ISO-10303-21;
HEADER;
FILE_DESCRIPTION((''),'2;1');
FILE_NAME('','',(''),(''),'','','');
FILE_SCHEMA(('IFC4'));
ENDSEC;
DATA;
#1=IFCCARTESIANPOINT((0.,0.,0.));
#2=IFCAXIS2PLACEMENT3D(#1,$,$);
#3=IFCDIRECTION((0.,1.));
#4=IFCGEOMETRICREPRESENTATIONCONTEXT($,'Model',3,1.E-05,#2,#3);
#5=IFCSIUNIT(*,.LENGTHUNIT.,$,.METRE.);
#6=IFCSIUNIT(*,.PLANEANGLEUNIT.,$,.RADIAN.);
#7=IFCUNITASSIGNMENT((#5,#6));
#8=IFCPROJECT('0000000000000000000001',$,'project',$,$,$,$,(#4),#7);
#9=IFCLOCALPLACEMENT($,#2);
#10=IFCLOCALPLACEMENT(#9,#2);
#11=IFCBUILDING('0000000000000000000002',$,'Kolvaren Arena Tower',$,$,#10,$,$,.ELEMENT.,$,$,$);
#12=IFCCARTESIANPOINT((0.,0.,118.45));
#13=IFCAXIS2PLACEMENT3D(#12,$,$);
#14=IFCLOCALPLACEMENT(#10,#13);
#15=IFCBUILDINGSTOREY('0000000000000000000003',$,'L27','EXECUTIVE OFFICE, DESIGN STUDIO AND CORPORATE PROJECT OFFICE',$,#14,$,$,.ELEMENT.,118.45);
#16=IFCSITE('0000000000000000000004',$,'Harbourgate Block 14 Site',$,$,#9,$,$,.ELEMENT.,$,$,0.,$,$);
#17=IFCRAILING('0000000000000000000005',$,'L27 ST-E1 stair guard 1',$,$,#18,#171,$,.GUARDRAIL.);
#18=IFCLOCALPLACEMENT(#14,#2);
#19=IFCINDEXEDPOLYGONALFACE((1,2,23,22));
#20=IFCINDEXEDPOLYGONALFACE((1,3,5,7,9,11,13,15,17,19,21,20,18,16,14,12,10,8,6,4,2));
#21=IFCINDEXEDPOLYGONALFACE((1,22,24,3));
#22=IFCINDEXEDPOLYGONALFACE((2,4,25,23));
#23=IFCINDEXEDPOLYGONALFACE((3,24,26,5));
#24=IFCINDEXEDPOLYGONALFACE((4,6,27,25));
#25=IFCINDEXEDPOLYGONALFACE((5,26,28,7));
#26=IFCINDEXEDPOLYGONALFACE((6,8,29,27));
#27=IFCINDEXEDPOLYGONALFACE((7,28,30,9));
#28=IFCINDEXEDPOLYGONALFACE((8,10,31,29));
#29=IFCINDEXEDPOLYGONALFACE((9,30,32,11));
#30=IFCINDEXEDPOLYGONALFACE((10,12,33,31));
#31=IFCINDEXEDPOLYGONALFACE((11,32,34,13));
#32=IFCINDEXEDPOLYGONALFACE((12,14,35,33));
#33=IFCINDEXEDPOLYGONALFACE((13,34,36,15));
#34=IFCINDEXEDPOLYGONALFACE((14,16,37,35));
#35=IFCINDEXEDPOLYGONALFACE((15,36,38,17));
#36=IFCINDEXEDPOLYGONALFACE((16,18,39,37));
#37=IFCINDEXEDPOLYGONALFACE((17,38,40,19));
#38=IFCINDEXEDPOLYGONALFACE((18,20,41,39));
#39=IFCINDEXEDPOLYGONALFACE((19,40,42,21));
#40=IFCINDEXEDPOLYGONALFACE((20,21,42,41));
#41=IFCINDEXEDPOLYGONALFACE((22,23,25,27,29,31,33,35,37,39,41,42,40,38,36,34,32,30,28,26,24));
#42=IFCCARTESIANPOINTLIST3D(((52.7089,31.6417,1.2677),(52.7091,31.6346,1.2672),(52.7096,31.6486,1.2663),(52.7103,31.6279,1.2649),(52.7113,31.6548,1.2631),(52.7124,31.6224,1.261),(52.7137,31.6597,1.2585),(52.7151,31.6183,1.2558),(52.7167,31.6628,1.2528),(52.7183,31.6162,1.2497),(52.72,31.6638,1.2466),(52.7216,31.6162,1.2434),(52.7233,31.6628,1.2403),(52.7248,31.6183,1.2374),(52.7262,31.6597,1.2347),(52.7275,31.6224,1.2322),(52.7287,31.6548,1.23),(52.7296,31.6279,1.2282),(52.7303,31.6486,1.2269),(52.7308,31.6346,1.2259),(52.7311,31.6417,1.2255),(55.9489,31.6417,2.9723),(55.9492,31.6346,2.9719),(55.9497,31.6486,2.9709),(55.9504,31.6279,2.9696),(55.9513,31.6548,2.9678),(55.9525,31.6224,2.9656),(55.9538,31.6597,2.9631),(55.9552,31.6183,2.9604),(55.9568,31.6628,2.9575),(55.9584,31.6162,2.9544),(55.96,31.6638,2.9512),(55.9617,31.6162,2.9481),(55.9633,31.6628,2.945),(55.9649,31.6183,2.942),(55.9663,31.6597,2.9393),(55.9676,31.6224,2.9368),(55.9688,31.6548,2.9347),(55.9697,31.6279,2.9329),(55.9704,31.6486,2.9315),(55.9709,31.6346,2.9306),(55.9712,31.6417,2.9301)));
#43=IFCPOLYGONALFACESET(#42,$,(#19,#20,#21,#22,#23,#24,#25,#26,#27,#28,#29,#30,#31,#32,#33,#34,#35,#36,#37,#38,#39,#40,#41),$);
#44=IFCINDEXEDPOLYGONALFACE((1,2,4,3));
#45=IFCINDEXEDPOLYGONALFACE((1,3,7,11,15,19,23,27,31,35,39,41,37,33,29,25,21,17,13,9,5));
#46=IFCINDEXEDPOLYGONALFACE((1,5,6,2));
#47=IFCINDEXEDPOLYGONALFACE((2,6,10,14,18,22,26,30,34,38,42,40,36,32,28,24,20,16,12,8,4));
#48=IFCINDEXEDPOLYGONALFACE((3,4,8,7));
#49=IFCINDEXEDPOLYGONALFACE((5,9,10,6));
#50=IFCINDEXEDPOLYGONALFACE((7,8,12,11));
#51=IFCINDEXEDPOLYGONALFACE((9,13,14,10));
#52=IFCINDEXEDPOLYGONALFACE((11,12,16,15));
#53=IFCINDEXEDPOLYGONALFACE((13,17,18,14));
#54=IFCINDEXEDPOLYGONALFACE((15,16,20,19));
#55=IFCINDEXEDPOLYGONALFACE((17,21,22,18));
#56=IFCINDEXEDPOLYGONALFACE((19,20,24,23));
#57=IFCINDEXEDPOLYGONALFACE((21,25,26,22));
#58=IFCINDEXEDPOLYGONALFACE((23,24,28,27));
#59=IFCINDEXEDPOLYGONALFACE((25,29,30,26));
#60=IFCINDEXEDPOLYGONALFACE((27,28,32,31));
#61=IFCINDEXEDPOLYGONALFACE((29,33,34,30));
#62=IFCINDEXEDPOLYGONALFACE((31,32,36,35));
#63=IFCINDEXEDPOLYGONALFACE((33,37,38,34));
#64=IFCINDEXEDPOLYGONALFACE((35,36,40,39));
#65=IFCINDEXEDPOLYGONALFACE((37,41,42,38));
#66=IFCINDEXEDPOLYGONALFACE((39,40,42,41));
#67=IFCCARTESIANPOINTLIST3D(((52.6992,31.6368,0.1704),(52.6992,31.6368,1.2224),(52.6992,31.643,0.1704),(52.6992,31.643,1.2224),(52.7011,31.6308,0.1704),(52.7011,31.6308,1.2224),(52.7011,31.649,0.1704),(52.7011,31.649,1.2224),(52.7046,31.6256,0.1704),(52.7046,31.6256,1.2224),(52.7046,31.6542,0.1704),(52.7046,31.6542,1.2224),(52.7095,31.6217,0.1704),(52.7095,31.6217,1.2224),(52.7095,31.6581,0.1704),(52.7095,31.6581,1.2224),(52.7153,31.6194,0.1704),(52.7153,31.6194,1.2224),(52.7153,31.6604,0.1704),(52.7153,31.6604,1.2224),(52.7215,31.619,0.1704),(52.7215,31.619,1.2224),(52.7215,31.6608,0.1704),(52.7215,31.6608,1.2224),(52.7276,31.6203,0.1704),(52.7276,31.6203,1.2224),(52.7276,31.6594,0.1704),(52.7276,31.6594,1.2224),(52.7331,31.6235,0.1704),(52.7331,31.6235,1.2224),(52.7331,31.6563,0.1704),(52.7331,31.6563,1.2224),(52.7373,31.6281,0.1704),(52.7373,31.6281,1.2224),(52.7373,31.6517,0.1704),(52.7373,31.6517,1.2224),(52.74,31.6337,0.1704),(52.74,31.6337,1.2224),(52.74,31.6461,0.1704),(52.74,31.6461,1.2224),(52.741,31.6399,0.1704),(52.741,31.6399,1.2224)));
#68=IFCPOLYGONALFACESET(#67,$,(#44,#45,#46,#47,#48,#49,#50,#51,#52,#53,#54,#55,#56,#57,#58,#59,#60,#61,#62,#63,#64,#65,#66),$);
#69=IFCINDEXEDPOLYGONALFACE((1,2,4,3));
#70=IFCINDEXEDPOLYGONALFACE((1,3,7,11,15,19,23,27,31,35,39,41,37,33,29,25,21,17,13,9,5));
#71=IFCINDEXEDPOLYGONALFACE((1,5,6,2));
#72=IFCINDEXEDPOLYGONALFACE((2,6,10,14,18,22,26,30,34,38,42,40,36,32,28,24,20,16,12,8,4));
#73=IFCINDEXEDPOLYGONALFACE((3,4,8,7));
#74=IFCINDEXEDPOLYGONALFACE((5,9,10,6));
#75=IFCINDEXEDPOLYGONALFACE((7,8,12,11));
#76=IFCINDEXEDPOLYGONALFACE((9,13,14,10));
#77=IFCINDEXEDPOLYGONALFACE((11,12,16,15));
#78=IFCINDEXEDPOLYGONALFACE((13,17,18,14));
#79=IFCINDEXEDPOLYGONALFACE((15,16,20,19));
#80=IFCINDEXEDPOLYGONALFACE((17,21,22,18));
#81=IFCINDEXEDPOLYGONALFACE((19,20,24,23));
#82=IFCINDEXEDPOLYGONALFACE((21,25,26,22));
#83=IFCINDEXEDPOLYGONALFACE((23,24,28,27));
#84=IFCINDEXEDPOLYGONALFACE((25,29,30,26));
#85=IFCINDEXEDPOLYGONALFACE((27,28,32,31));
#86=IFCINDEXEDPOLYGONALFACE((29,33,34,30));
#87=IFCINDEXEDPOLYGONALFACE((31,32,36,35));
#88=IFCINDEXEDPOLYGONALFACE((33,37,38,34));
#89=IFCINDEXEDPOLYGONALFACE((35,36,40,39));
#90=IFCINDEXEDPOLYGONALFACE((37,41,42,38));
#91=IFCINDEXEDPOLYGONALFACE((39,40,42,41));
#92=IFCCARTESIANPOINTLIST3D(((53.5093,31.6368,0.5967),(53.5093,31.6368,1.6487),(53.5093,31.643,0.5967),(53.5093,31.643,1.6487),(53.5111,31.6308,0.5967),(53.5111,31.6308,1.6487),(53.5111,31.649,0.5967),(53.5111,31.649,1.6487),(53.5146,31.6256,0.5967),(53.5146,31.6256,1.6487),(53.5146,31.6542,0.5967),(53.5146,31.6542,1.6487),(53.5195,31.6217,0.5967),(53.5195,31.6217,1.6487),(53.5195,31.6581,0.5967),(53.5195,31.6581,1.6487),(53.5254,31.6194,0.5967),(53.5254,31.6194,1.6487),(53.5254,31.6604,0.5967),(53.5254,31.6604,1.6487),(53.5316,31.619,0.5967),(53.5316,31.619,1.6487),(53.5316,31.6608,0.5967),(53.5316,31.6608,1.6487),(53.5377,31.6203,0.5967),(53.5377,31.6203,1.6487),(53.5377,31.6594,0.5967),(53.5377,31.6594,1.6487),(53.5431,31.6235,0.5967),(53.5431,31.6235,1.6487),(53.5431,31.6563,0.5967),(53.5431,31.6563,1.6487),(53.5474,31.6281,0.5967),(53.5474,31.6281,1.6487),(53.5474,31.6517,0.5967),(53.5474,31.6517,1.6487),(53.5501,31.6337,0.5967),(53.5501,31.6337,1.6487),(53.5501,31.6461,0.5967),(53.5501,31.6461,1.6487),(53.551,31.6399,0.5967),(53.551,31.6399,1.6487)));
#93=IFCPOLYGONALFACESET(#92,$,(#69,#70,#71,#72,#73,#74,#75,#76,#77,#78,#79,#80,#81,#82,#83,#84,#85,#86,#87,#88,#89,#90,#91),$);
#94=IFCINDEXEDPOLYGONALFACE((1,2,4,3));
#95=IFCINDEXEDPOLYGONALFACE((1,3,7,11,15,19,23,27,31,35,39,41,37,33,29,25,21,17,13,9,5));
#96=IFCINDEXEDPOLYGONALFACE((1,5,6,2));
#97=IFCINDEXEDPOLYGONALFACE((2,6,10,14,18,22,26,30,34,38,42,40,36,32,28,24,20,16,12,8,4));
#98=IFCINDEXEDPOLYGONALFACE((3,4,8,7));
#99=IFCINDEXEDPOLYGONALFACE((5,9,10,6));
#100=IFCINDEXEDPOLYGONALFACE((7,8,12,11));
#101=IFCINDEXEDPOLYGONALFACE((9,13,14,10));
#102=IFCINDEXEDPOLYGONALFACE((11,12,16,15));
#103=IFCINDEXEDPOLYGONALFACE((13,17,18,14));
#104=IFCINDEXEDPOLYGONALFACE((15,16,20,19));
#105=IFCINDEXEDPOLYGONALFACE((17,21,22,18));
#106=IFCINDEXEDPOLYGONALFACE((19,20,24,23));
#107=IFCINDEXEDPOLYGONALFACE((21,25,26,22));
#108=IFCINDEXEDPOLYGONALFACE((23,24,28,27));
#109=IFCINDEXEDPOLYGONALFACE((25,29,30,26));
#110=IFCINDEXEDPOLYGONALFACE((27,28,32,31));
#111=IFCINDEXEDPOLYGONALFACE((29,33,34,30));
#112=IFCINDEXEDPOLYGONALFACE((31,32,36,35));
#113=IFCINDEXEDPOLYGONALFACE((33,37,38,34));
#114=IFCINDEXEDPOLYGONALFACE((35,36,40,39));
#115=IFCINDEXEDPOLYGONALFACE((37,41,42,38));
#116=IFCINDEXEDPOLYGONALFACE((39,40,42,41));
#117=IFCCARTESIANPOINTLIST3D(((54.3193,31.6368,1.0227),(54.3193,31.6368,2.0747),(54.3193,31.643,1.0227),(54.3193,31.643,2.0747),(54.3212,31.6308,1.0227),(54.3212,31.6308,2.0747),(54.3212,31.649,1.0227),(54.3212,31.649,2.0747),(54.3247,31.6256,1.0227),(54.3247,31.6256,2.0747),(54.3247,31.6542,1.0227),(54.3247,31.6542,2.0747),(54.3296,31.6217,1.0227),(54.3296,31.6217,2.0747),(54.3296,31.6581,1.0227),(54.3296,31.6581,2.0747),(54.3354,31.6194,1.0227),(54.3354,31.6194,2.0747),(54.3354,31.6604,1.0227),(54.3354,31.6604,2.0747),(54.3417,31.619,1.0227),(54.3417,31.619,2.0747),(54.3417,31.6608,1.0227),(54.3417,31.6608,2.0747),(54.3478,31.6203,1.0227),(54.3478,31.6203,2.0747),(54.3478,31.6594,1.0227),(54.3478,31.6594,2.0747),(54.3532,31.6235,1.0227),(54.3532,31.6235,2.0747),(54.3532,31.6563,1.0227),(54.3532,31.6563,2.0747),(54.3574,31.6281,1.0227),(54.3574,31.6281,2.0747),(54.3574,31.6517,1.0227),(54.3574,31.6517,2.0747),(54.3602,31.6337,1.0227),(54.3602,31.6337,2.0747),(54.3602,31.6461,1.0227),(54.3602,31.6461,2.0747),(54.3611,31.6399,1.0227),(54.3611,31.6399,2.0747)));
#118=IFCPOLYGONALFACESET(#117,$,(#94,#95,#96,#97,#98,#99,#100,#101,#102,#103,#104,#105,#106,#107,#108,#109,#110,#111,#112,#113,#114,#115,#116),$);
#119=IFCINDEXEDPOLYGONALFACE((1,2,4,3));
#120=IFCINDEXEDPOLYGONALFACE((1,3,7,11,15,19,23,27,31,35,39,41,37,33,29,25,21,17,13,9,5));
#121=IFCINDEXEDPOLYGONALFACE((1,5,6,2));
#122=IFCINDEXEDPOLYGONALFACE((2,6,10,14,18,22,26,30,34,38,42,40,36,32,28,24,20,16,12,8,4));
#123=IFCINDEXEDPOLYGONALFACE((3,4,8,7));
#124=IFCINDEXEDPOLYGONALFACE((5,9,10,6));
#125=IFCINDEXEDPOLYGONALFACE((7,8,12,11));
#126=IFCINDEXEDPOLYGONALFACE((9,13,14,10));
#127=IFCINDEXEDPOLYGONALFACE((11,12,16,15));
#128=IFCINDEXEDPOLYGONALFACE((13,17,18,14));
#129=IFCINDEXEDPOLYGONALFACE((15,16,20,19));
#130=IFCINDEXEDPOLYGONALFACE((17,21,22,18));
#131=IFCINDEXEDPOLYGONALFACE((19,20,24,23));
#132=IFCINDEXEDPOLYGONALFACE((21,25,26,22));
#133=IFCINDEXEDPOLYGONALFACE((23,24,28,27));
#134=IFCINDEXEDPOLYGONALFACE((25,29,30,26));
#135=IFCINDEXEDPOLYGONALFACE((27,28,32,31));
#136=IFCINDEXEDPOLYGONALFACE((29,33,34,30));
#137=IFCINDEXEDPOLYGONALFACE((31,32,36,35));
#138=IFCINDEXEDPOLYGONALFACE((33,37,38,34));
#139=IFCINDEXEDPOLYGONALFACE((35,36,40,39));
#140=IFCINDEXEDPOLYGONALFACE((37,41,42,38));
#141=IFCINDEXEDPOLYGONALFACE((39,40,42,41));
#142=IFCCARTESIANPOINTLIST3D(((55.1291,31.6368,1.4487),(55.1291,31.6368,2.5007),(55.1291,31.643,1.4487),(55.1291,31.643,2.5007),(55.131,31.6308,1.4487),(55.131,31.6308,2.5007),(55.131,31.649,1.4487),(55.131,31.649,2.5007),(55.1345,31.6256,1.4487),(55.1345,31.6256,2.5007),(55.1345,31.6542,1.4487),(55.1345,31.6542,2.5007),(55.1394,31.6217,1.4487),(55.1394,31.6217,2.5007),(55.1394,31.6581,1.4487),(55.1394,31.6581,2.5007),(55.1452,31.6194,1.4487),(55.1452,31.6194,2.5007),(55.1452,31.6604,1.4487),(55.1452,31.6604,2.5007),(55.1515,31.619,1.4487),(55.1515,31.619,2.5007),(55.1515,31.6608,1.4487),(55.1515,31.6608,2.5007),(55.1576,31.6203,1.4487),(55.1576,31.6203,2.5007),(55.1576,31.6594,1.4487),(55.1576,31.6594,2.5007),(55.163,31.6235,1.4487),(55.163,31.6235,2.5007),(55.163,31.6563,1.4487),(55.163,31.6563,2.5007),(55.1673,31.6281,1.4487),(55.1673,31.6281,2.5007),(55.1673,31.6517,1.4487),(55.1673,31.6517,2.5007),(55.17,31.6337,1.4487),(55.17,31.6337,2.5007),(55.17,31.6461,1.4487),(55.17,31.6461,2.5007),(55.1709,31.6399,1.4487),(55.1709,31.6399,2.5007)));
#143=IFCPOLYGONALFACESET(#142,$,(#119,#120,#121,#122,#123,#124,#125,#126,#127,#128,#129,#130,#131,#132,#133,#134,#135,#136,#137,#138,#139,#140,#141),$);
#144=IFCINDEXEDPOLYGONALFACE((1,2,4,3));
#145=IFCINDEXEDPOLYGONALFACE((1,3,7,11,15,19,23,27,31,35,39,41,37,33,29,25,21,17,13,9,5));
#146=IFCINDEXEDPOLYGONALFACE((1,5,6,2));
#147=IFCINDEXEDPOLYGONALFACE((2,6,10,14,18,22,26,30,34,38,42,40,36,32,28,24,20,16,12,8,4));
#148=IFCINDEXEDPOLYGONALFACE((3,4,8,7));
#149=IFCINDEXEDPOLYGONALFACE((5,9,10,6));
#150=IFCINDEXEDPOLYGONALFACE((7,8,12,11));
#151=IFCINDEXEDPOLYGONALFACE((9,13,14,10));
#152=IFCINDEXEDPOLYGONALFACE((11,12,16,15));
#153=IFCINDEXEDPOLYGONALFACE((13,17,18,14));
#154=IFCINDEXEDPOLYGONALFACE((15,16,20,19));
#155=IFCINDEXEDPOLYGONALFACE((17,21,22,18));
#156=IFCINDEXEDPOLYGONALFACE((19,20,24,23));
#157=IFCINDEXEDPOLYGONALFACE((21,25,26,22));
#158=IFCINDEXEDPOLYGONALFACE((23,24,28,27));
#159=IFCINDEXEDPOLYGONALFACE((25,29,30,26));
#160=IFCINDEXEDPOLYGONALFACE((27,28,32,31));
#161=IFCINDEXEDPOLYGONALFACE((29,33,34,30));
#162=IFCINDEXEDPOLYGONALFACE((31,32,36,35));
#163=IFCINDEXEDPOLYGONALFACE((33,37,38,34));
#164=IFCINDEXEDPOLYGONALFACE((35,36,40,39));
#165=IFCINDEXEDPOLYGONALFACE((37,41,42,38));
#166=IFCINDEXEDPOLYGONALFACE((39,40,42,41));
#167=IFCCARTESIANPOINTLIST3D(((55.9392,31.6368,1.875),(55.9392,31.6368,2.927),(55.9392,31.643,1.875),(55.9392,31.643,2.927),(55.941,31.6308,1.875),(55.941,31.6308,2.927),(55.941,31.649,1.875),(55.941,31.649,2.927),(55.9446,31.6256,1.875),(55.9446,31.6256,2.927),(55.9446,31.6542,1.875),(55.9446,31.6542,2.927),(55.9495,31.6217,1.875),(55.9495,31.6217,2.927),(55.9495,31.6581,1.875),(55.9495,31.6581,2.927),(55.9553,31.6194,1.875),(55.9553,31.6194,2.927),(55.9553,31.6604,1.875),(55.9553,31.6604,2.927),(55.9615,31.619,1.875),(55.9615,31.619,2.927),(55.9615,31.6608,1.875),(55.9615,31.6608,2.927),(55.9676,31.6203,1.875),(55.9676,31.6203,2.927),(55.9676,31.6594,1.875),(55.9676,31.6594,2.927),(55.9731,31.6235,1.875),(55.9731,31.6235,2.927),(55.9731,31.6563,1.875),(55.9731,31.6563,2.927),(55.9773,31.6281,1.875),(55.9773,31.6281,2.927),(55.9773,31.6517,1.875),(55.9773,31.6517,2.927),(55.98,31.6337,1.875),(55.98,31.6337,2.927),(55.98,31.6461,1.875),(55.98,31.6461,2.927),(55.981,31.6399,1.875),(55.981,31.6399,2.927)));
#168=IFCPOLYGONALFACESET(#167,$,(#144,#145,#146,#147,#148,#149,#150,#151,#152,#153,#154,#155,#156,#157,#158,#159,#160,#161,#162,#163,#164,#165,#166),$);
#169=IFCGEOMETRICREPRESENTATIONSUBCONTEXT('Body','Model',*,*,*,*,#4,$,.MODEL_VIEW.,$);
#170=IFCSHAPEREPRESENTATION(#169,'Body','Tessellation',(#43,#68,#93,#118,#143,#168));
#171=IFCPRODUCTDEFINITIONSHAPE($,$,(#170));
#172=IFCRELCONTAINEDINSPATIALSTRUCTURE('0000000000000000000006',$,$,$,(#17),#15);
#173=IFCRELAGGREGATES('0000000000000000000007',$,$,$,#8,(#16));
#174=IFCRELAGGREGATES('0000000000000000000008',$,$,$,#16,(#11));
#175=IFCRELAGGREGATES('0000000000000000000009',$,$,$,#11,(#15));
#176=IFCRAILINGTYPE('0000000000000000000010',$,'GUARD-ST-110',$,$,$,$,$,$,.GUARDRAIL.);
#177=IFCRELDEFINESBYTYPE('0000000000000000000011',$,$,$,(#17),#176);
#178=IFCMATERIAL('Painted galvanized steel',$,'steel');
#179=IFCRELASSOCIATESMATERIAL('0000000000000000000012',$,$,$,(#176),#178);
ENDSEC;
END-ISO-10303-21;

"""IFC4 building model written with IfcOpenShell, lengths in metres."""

from ifc_helpers import new_model, si_unit, direction, frame, origin, origin_2d, place, context, subcontext, project, spatial, circle, extrude, material, type_object, element, save


model = new_model("IFC4")

# Units and contexts
model_context = context("Model", 3, precision=1e-05, world=origin(), true_north=direction((0.0, 1.0)))
body_context = subcontext(model_context, "Body", "Model", "MODEL_VIEW")
ifc_project = project(units=[si_unit("LENGTHUNIT", "METRE"), si_unit("PLANEANGLEUNIT", "RADIAN")], contexts=[model_context])

# Site, building, storey
site_placement = place(None, origin())
site = spatial("IfcSite", under=ifc_project, at=site_placement, Name="Harbourgate Block 14 Site", CompositionType="ELEMENT", RefElevation=0.0)
building_placement = place(site_placement, origin())
building = spatial("IfcBuilding", under=site, at=building_placement, Name="Kolvaren Arena Tower", CompositionType="ELEMENT")
storey_placement = place(building_placement, frame((0.0, 0.0, 118.45)))
storey = spatial("IfcBuildingStorey", under=building, at=storey_placement, Name="L27", Description="EXECUTIVE OFFICE, DESIGN STUDIO AND CORPORATE PROJECT OFFICE", CompositionType="ELEMENT", Elevation=118.45)

# Railing
ifc_material_1 = material(Name="Painted galvanized steel", Category="steel")
railing_type_1 = type_object("IfcRailingType", Name="GUARD-ST-110", PredefinedType="GUARDRAIL", material=ifc_material_1)
railing_1_placement = place(storey_placement, frame((52.72, 31.6399, 0.1704)))
element("IfcRailing", 1, at=railing_1_placement, inside=storey, type_object=railing_type_1, Name="L27 ST-E1 stair guard 1", PredefinedType="GUARDRAIL", context=body_context, shape_type="SweptSolid", body=[
    extrude(circle(Radius=0.0239, at=origin_2d()), frame((0.0, 0.0, 1.0762), z_axis=(0.884993, 0.0, 0.465604), x_axis=(0.0, 1.0, 0.0)), (0.0, 0.0, 1.0), 3.6611),
    extrude(circle(Radius=0.021, at=origin_2d()), origin(), (0.0, 0.0, 1.0), 1.052),
    extrude(circle(Radius=0.021, at=origin_2d()), frame((0.8101, 0.0, 0.4263)), (0.0, 0.0, 1.0), 1.052),
    extrude(circle(Radius=0.021, at=origin_2d()), frame((1.6201, 0.0, 0.8523)), (0.0, 0.0, 1.0), 1.052),
    extrude(circle(Radius=0.021, at=origin_2d()), frame((2.4299, 0.0, 1.2783)), (0.0, 0.0, 1.0), 1.052),
    extrude(circle(Radius=0.021, at=origin_2d()), frame((3.24, 0.0, 1.7046)), (0.0, 0.0, 1.0), 1.052),
])

save(model, "model.ifc")
